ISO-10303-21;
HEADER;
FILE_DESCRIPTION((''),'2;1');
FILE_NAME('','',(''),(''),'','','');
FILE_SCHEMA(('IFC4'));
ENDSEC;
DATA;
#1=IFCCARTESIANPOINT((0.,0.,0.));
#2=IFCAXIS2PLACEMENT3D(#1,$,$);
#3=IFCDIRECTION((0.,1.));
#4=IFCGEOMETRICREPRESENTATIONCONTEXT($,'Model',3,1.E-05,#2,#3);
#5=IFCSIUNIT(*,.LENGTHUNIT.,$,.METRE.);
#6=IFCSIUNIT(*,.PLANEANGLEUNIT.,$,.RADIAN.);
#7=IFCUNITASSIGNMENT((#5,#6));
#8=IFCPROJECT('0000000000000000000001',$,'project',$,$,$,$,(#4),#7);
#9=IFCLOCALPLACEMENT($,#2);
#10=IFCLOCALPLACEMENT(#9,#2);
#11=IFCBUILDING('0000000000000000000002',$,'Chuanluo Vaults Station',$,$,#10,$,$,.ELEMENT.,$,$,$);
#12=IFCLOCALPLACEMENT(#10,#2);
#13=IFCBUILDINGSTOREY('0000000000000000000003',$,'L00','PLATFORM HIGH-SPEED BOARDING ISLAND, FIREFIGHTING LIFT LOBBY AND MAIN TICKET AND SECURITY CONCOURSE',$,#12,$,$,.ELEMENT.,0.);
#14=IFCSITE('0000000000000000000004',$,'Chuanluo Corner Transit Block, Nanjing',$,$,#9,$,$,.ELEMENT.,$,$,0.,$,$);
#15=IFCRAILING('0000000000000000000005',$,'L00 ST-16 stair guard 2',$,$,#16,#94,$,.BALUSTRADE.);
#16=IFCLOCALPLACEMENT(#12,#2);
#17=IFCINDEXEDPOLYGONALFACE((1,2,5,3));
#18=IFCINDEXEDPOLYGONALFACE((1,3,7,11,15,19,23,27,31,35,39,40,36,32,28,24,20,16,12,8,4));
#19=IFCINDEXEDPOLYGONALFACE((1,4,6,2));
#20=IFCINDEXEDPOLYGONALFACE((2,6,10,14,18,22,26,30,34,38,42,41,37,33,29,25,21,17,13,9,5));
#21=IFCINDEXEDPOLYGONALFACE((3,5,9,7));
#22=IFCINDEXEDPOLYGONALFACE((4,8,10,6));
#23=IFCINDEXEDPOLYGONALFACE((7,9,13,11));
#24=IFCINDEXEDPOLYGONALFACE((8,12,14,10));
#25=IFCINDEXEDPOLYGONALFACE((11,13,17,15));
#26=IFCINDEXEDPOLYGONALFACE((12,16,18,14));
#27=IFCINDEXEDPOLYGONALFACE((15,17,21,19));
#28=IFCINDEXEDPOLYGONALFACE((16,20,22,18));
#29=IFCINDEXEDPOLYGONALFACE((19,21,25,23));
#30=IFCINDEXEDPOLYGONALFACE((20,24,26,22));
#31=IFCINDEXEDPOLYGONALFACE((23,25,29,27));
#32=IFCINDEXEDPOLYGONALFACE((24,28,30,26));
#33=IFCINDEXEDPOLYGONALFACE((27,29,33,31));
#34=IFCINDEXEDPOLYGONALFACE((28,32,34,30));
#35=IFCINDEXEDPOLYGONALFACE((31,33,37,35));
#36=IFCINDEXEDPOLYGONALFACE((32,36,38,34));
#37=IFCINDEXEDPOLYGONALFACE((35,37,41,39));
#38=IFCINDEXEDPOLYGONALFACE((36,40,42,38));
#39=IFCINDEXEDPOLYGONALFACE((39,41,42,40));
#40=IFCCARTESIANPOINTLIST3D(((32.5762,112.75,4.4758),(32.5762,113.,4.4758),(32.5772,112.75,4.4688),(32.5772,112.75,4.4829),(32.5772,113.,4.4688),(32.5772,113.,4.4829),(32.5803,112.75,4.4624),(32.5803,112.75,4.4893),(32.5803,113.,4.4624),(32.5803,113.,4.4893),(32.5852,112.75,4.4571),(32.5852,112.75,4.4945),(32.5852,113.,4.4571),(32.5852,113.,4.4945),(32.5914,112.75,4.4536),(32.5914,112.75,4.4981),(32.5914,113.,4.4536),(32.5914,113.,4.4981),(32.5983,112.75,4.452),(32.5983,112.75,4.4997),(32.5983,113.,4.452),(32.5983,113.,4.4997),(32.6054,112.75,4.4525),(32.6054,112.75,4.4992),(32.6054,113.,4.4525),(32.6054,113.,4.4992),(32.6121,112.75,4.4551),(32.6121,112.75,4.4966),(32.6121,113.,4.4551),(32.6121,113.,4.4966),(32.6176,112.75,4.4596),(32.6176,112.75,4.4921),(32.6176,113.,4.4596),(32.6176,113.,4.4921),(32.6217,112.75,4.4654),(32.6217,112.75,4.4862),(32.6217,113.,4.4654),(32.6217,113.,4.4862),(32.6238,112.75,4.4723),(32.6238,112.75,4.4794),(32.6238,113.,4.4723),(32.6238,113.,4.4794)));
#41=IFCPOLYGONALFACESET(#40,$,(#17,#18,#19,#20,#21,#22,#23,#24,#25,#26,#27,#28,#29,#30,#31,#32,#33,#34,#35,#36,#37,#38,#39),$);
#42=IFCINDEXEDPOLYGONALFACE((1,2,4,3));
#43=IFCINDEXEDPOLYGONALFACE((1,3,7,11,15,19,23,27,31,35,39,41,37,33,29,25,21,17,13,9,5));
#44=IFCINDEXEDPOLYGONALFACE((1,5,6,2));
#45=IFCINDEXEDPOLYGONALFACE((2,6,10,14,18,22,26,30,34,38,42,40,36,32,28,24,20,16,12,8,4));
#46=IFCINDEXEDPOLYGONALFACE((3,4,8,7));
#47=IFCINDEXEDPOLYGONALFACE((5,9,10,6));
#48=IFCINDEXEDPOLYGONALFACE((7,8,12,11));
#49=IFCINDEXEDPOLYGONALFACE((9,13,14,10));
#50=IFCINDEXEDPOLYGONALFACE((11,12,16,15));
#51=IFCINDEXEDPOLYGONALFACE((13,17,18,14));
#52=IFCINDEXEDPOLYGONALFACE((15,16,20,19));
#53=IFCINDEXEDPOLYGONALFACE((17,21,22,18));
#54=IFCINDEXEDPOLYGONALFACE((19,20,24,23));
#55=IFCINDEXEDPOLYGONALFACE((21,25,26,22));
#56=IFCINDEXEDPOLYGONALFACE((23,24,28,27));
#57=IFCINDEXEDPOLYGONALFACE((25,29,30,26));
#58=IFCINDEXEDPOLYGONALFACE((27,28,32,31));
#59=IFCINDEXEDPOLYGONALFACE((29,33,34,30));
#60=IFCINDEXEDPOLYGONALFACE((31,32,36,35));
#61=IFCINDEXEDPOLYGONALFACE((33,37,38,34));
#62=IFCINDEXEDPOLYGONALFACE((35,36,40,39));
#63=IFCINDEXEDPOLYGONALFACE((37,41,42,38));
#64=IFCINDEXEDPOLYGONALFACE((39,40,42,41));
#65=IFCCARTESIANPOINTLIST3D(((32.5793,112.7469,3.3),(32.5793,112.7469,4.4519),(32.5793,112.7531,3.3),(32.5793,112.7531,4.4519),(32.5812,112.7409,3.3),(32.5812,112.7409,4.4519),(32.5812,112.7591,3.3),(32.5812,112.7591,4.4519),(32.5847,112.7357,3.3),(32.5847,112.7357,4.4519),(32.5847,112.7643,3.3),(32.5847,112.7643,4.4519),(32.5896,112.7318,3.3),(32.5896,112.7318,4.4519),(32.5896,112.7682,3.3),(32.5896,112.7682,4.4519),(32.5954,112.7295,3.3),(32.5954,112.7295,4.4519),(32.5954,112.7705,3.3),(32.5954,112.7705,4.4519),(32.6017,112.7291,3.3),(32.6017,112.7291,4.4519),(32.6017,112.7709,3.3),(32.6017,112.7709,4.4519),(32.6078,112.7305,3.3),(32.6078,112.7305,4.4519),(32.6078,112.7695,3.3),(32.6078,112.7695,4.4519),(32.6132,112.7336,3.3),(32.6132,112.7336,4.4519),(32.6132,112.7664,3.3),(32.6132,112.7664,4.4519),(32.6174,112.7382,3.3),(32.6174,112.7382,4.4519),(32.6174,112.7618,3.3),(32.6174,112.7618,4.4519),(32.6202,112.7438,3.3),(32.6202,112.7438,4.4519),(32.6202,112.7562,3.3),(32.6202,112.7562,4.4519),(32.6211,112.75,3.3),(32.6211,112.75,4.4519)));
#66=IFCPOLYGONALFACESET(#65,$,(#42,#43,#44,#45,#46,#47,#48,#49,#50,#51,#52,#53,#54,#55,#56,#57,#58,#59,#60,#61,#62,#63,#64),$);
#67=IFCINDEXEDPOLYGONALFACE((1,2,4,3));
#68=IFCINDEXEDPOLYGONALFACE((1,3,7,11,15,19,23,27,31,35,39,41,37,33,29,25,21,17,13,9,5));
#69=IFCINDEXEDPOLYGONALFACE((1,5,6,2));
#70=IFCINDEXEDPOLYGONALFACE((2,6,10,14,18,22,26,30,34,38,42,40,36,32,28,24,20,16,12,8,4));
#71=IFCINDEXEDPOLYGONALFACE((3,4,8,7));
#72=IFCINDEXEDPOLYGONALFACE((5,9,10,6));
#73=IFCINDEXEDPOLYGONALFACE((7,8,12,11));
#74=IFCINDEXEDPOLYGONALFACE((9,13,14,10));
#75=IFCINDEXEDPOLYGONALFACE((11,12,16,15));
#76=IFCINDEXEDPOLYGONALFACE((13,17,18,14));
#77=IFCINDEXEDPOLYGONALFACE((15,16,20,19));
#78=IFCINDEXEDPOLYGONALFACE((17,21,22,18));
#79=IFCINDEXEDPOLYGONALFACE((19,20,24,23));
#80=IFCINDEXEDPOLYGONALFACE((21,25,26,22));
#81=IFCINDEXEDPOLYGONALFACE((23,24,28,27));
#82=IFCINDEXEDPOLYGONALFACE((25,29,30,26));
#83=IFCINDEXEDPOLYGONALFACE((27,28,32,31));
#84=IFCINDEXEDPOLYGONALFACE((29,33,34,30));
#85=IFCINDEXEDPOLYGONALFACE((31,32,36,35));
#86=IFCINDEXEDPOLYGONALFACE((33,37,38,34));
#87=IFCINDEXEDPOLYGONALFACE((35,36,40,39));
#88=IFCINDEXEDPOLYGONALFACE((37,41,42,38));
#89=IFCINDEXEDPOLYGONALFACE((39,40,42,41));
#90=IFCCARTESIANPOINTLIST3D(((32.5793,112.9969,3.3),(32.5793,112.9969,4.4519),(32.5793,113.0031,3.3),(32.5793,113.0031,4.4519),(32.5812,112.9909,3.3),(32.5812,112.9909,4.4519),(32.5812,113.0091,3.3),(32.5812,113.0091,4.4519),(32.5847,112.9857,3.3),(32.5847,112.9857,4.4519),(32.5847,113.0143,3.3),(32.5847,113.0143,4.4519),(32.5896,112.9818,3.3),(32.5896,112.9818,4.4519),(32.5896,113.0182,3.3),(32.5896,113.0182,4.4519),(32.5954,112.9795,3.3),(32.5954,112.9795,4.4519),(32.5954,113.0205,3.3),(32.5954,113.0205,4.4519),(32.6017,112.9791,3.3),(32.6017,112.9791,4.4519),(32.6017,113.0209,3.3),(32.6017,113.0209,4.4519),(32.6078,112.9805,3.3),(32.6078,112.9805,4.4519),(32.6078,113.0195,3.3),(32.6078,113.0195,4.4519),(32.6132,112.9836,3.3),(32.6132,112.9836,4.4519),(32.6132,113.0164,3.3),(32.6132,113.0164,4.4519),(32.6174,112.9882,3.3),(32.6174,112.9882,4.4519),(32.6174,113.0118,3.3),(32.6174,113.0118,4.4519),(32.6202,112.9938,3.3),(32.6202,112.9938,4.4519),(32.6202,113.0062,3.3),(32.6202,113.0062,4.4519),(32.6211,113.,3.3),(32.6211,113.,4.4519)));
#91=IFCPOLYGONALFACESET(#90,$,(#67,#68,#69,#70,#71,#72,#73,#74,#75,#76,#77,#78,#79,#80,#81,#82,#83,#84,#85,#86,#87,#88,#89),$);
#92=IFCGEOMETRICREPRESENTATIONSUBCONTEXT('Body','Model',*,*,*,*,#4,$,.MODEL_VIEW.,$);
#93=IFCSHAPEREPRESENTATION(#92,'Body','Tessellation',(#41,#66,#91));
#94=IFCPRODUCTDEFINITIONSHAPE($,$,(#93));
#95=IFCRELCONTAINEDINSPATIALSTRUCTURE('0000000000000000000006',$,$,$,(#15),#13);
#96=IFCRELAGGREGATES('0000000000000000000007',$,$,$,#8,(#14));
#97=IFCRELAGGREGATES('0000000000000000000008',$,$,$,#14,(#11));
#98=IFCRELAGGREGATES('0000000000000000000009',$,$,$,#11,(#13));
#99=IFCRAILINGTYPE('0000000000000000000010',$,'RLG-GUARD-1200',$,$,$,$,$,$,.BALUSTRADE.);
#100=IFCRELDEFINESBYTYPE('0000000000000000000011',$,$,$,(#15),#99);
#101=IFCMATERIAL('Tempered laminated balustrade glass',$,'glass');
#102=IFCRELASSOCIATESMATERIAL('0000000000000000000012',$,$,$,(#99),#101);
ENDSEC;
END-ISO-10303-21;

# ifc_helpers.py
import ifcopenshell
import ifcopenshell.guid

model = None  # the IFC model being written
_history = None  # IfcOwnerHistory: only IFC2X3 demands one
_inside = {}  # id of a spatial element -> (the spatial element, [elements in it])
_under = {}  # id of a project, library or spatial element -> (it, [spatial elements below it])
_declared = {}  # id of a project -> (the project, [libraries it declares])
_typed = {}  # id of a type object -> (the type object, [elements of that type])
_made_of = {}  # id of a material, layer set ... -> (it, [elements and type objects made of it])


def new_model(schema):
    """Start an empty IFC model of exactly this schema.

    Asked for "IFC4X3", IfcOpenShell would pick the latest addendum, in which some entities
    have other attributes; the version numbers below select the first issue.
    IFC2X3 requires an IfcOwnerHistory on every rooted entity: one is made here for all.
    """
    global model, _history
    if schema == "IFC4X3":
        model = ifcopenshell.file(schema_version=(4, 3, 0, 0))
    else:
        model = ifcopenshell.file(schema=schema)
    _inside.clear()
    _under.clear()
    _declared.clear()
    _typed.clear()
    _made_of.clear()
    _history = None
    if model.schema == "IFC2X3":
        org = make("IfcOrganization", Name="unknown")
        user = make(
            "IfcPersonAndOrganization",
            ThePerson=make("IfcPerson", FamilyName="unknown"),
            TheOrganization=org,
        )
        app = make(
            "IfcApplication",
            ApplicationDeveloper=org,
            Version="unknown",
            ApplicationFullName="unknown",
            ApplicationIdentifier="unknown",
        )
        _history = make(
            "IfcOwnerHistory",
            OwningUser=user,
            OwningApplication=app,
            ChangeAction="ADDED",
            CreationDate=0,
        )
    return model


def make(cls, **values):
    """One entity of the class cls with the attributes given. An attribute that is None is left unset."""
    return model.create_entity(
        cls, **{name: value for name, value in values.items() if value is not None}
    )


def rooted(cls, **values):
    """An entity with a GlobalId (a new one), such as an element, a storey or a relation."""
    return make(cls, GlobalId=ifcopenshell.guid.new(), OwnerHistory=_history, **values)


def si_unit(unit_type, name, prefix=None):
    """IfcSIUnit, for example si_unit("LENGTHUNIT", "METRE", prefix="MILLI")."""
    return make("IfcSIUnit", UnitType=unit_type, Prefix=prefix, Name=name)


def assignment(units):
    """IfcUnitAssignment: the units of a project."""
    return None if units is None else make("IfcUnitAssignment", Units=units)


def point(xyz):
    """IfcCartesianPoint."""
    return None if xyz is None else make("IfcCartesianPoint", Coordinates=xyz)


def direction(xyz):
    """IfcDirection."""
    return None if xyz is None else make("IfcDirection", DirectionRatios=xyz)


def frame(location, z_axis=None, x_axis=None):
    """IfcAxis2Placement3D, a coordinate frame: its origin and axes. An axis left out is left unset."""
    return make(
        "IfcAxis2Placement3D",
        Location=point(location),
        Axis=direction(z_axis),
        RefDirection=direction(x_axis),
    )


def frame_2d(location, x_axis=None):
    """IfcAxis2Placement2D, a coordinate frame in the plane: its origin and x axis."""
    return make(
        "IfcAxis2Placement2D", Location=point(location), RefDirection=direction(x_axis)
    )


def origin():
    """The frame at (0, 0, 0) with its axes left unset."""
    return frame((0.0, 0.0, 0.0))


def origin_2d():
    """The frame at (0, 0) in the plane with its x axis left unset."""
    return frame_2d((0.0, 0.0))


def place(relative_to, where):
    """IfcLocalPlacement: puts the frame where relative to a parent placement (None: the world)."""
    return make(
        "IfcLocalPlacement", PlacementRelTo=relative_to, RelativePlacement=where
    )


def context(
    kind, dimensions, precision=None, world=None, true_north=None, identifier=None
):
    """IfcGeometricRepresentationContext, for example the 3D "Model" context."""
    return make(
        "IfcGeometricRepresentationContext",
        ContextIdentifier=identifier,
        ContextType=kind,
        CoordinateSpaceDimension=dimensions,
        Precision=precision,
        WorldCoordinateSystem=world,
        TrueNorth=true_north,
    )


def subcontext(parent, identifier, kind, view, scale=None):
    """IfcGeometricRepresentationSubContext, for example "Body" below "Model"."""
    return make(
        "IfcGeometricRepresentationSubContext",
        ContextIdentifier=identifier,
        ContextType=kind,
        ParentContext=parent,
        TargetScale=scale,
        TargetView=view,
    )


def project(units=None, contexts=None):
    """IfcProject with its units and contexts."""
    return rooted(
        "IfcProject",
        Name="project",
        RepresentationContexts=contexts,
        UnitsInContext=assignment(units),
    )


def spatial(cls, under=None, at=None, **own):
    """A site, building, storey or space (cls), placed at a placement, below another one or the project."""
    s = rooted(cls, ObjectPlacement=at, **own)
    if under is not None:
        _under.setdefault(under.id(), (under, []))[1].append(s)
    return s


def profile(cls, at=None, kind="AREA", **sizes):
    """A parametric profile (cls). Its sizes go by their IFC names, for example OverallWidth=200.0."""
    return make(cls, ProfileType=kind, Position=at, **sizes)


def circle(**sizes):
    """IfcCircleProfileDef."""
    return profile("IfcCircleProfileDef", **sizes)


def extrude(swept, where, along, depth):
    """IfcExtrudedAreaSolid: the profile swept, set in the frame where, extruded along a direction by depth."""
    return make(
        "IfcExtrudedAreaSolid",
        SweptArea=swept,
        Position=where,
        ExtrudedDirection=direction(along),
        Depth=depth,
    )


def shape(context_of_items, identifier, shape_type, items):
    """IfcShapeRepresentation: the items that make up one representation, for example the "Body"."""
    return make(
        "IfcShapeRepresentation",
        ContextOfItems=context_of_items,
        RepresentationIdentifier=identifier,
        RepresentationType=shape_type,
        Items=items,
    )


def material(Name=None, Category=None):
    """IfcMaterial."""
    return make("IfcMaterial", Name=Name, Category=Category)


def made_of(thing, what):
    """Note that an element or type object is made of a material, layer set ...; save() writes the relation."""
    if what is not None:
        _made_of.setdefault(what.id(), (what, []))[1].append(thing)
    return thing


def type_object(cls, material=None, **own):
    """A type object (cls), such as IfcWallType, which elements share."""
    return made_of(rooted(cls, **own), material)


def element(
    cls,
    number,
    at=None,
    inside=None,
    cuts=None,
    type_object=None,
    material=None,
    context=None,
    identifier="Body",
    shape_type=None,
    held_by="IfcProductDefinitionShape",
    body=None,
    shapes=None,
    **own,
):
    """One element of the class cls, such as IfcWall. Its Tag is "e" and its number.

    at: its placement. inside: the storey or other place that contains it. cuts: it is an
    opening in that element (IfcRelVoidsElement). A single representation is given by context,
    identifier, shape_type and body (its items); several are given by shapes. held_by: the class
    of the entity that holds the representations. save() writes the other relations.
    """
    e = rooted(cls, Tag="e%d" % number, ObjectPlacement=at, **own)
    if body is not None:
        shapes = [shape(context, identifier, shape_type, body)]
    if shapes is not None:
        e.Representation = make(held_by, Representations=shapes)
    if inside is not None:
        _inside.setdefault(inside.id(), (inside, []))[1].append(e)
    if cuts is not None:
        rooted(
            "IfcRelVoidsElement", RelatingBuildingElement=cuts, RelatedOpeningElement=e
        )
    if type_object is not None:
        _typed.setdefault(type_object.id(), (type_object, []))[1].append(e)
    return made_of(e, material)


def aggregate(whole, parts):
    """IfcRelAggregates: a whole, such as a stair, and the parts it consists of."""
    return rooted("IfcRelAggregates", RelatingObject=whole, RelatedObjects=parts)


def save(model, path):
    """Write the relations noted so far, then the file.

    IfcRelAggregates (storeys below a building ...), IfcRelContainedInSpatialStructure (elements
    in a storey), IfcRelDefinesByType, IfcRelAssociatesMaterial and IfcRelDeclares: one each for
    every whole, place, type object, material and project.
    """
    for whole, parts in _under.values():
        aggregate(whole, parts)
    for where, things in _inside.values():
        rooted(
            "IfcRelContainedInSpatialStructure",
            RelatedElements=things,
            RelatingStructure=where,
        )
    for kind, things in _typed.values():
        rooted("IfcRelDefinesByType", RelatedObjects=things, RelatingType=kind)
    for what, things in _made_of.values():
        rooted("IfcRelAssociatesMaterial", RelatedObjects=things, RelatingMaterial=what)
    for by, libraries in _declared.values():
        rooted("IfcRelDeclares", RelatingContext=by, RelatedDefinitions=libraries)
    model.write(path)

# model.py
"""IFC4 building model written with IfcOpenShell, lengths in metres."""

from ifc_helpers import new_model, si_unit, direction, frame, origin, origin_2d, place, context, subcontext, project, spatial, circle, extrude, material, type_object, element, save


model = new_model("IFC4")

# Units and contexts
model_context = context("Model", 3, precision=1e-05, world=origin(), true_north=direction((0.0, 1.0)))
body_context = subcontext(model_context, "Body", "Model", "MODEL_VIEW")
ifc_project = project(units=[si_unit("LENGTHUNIT", "METRE"), si_unit("PLANEANGLEUNIT", "RADIAN")], contexts=[model_context])

# Site, building, storey
site_placement = place(None, origin())
site = spatial("IfcSite", under=ifc_project, at=site_placement, Name="Chuanluo Corner Transit Block, Nanjing", CompositionType="ELEMENT", RefElevation=0.0)
building_placement = place(site_placement, origin())
building = spatial("IfcBuilding", under=site, at=building_placement, Name="Chuanluo Vaults Station", CompositionType="ELEMENT")
storey_placement = place(building_placement, origin())
storey = spatial("IfcBuildingStorey", under=building, at=storey_placement, Name="L00", Description="PLATFORM HIGH-SPEED BOARDING ISLAND, FIREFIGHTING LIFT LOBBY AND MAIN TICKET AND SECURITY CONCOURSE", CompositionType="ELEMENT", Elevation=0.0)

# Railing
ifc_material_1 = material(Name="Tempered laminated balustrade glass", Category="glass")
railing_type_1 = type_object("IfcRailingType", Name="RLG-GUARD-1200", PredefinedType="BALUSTRADE", material=ifc_material_1)
railing_1_placement = place(storey_placement, frame((32.6001, 112.75, 3.3)))
element("IfcRailing", 1, at=railing_1_placement, inside=storey, type_object=railing_type_1, Name="L00 ST-16 stair guard 2", PredefinedType="BALUSTRADE", context=body_context, shape_type="SweptSolid", body=[
    extrude(circle(Radius=0.0239, at=origin_2d()), frame((0.0, 0.0, 1.1758), z_axis=(0.0, 1.0, 0.0), x_axis=(-1.0, 0.0, 0.0)), (0.0, 0.0, 1.0), 0.25),
    extrude(circle(Radius=0.021, at=origin_2d()), origin(), (0.0, 0.0, 1.0), 1.1519),
    extrude(circle(Radius=0.021, at=origin_2d()), frame((0.0, 0.25, 0.0)), (0.0, 0.0, 1.0), 1.1519),
])

save(model, "model.ifc")
